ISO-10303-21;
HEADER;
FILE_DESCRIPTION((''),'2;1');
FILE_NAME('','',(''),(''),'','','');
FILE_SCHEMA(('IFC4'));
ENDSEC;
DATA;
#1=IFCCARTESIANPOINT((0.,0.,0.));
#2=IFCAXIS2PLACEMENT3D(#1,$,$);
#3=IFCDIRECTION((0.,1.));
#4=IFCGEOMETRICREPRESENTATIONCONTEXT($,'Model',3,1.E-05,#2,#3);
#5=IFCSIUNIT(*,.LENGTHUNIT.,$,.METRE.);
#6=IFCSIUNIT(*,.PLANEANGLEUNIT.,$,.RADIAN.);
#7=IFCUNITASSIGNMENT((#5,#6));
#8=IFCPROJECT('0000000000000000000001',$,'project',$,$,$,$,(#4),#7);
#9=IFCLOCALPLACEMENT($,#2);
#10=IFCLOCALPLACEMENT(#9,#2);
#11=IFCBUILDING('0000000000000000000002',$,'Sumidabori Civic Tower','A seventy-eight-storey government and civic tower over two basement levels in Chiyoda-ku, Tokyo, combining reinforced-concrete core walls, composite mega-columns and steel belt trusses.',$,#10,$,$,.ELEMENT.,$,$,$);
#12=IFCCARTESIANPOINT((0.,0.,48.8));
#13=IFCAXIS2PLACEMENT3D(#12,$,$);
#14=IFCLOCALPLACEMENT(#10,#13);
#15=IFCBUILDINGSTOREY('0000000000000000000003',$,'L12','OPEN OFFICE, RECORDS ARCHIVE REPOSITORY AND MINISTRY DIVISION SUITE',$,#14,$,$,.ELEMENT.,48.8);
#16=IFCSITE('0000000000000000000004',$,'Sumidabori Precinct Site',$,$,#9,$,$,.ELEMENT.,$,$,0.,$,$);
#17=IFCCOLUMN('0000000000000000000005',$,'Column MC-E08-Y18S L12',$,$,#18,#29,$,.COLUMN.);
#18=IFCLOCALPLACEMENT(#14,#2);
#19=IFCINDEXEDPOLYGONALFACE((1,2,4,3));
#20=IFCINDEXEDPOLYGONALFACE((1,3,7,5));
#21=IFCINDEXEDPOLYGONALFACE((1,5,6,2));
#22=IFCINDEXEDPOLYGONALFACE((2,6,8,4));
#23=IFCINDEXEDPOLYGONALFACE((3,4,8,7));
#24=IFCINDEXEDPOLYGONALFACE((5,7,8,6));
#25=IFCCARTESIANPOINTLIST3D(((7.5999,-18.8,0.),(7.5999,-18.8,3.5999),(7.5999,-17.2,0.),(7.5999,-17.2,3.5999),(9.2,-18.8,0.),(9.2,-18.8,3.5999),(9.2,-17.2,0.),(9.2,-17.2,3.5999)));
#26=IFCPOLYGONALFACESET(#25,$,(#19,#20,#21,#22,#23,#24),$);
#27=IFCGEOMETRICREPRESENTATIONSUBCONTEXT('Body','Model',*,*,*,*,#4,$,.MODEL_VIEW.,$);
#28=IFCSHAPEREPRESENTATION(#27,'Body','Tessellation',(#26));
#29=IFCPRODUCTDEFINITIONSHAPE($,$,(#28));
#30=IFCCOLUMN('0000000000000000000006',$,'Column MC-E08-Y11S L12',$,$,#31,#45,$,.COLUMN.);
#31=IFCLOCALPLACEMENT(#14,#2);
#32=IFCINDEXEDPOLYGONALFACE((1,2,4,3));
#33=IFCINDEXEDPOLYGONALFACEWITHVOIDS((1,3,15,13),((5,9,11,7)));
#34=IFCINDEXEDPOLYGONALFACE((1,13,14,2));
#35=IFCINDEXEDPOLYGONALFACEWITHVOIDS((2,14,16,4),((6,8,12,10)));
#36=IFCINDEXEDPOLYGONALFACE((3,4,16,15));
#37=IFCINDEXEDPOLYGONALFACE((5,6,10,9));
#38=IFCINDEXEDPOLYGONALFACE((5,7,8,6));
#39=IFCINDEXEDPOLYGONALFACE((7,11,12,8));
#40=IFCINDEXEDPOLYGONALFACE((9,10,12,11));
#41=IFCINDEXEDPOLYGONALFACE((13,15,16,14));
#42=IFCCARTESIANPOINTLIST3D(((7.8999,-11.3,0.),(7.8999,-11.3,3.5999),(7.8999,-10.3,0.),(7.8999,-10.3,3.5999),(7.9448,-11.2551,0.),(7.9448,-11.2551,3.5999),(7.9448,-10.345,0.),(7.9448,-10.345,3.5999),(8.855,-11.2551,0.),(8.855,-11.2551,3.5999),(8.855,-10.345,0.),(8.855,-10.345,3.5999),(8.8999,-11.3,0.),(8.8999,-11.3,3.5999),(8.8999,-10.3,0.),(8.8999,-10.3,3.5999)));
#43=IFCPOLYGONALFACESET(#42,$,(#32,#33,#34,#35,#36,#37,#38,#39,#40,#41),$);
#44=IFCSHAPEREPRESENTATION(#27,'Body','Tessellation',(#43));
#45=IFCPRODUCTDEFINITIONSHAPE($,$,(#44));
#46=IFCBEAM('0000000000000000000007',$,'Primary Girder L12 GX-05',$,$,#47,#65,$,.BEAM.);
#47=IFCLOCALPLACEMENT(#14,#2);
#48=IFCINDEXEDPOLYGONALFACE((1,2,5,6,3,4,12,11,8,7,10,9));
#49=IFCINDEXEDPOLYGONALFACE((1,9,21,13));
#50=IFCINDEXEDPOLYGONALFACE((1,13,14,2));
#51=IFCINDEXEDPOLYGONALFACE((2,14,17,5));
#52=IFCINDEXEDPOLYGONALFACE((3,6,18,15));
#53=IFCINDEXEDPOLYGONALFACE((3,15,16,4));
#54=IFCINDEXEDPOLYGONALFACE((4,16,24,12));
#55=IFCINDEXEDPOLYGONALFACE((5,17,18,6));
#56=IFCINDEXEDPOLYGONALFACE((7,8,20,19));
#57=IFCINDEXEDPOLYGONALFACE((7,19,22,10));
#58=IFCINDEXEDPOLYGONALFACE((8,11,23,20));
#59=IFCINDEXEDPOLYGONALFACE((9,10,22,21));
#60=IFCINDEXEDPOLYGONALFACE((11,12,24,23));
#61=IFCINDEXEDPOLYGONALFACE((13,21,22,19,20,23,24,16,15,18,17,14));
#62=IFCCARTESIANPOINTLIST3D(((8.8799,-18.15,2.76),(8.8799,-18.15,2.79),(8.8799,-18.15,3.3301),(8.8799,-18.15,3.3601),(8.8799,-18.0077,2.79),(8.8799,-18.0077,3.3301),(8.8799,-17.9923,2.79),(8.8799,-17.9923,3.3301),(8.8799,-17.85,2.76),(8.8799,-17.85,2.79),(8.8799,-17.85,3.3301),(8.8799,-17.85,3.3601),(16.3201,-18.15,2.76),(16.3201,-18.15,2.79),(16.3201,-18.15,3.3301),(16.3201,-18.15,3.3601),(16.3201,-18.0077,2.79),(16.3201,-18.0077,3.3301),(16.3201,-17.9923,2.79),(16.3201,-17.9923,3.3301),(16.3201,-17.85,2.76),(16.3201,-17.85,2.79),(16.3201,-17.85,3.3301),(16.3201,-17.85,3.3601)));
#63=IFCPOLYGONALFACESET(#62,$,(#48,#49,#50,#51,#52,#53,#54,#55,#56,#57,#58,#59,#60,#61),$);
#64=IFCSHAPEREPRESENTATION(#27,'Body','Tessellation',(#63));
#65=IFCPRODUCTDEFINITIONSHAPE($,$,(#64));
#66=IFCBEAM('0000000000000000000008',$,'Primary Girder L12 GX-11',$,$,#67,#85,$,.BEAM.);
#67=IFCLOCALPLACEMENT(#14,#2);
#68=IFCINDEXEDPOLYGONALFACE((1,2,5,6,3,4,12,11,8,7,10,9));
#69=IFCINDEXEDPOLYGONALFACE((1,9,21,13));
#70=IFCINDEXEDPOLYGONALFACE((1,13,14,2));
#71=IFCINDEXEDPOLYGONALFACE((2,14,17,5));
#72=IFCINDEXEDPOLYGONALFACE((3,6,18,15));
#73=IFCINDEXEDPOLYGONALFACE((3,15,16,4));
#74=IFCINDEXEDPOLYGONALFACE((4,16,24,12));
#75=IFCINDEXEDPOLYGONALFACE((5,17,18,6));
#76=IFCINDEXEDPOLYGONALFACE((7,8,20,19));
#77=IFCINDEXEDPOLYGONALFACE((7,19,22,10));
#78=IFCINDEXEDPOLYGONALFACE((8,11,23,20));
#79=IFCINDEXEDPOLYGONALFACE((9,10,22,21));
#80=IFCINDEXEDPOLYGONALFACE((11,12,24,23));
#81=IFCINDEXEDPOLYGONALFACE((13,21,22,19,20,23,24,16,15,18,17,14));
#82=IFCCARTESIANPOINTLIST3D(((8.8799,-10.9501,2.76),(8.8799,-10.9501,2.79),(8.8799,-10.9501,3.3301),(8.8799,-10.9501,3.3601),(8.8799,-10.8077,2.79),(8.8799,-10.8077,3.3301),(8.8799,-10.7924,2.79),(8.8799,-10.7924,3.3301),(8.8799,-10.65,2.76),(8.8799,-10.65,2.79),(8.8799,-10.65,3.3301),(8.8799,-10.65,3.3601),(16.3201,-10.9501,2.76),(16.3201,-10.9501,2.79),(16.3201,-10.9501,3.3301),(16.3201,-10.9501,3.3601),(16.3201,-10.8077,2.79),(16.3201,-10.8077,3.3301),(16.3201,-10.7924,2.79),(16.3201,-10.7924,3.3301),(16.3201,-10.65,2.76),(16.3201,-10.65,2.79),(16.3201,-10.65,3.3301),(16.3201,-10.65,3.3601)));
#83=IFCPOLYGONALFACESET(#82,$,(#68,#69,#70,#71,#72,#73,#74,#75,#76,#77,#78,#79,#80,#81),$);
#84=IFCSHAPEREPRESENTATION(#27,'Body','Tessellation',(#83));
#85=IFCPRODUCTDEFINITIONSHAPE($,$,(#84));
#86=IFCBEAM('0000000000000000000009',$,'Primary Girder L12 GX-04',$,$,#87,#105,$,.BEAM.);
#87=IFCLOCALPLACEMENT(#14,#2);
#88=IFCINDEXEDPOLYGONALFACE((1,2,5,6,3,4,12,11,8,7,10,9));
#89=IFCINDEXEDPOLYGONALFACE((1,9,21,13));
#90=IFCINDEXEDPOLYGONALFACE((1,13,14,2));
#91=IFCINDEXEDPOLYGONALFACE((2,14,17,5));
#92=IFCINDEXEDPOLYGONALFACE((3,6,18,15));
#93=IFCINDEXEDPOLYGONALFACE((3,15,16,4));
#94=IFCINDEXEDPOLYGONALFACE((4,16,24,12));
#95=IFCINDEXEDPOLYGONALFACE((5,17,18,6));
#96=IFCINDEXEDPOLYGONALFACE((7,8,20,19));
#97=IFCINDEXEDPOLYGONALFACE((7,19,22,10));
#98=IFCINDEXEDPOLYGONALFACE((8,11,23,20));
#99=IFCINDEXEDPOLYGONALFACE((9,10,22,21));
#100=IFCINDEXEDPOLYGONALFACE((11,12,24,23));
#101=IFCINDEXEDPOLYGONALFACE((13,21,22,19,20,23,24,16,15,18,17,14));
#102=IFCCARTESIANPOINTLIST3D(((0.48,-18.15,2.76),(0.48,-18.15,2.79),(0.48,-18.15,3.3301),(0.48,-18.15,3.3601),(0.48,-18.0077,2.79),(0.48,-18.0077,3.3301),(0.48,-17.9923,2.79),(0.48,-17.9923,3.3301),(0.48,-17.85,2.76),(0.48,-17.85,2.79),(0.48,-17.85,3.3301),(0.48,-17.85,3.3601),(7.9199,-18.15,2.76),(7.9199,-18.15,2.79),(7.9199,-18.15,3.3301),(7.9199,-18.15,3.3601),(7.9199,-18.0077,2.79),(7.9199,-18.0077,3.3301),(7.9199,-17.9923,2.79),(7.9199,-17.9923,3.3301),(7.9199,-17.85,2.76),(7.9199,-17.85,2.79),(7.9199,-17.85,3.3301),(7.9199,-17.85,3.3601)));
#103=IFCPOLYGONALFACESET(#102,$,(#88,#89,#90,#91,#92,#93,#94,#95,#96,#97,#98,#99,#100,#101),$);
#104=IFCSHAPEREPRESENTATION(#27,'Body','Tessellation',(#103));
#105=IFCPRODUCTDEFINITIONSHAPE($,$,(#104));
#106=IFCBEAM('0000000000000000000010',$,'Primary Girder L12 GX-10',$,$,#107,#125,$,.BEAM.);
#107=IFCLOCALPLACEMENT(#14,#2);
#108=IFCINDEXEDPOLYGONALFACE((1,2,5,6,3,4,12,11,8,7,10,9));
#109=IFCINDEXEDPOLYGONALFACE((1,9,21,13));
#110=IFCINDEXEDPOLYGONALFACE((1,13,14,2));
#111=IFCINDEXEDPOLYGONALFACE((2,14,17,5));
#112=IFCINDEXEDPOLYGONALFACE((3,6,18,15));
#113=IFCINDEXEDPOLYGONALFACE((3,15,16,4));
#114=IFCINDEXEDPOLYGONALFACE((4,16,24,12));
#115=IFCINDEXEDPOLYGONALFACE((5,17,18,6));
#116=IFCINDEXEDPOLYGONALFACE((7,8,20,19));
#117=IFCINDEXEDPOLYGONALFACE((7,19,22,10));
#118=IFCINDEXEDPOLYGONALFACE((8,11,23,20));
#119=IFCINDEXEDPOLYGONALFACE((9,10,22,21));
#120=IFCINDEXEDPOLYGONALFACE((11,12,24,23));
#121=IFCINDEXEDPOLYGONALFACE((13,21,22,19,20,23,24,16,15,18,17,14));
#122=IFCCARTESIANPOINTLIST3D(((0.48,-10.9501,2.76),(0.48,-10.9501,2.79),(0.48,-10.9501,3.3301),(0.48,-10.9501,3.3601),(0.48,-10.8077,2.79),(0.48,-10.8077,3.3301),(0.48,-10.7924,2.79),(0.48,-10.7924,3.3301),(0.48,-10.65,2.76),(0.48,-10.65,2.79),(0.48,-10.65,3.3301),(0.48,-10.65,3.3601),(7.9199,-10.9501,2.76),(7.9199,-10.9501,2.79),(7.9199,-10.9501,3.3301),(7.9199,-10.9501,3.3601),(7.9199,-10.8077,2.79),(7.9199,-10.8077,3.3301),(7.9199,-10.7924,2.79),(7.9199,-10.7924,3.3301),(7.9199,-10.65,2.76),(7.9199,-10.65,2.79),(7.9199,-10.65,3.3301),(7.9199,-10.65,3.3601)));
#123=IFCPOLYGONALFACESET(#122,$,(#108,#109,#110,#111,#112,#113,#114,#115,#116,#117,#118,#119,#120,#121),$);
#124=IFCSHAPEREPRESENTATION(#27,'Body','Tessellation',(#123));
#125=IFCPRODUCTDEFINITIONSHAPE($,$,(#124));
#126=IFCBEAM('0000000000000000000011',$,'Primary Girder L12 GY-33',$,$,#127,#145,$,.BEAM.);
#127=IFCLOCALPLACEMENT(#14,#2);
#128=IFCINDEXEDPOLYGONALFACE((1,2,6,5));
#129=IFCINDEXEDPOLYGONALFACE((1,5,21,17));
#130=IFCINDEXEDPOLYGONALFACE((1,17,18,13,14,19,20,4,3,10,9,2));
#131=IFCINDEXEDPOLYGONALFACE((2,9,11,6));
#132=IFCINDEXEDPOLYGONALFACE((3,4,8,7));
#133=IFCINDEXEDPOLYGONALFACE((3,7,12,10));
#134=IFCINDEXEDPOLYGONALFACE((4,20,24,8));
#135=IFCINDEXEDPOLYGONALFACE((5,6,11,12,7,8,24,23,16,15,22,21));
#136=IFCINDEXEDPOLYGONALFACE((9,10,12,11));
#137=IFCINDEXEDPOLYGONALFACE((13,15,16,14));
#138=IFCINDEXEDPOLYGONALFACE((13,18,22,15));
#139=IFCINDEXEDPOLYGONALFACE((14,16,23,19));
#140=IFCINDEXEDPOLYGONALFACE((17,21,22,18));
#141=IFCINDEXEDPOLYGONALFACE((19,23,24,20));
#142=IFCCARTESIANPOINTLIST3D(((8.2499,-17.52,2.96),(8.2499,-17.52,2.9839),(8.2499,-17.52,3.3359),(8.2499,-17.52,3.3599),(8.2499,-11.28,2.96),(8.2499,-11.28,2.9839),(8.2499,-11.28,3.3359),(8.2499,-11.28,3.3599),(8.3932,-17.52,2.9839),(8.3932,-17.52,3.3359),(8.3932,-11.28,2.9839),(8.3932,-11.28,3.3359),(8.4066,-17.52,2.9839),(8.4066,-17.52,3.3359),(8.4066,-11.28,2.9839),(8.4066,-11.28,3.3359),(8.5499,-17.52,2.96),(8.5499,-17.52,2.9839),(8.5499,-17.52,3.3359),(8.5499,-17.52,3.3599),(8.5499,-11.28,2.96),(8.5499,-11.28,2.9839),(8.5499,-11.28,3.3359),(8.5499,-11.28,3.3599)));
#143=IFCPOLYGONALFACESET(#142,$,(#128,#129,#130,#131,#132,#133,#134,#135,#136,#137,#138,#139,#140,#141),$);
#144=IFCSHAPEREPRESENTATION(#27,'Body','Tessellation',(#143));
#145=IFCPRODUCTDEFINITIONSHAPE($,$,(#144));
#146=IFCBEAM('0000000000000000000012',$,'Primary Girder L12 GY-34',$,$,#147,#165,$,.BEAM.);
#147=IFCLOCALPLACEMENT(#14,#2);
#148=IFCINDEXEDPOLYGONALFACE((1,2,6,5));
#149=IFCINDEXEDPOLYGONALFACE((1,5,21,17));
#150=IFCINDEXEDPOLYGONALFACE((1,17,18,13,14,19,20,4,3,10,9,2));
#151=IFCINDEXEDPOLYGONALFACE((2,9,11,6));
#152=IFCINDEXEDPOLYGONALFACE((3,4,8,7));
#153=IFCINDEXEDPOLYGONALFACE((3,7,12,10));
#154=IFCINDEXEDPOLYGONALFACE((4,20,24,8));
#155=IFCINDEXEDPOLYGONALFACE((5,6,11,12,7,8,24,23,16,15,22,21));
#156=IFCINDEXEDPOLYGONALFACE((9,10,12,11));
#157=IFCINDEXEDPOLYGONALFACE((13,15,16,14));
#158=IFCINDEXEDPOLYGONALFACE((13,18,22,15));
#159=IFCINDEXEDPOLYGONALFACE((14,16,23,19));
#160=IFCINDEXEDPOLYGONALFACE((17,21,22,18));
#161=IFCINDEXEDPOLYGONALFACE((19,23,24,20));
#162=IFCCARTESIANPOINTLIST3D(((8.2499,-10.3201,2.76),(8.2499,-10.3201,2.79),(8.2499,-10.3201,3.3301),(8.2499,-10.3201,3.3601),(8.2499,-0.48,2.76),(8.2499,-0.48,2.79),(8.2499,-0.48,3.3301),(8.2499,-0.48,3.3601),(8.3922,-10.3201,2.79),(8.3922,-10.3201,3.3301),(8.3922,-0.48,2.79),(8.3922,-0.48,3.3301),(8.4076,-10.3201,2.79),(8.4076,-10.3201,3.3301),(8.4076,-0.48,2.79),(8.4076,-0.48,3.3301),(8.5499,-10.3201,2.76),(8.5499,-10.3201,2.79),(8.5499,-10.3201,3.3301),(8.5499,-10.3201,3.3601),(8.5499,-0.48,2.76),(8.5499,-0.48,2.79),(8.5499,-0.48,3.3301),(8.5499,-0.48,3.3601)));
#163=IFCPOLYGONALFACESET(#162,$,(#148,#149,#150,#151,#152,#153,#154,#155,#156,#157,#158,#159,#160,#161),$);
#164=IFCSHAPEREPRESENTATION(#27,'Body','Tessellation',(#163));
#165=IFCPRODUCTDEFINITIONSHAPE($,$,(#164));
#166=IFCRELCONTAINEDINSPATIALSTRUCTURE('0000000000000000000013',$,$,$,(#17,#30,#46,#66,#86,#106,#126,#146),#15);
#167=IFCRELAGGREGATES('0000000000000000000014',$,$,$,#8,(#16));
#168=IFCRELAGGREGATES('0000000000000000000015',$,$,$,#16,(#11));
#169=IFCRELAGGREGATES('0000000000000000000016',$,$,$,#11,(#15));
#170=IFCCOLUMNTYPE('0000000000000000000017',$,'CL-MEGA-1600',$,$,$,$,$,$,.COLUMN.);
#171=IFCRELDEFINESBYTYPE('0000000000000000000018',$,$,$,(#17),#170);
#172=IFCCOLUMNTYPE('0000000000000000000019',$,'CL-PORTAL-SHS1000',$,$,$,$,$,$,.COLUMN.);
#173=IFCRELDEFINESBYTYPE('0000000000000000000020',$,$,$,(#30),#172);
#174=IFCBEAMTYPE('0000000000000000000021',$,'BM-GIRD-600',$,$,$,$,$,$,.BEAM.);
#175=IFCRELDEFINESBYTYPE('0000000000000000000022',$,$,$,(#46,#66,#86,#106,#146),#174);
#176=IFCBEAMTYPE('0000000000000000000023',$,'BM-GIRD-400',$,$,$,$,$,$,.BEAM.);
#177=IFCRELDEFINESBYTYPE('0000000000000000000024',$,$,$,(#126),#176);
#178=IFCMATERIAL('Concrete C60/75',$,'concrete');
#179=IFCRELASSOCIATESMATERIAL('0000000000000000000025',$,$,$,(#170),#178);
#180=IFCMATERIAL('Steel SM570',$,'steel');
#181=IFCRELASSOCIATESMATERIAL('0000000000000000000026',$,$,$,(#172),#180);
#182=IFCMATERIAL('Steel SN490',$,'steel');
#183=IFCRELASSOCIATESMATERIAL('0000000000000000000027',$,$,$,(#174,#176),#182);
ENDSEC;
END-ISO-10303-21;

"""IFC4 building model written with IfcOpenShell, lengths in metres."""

from ifc_helpers import new_model, si_unit, direction, frame, origin, origin_2d, place, context, subcontext, project, spatial, rectangle, hollow_rectangle, i_section, extrude, source, transform, mapped, material, material_profile, profile_set, type_object, element, save


model = new_model("IFC4")

# Units and contexts
model_context = context("Model", 3, precision=1e-05, world=origin(), true_north=direction((0.0, 1.0)))
body_context = subcontext(model_context, "Body", "Model", "MODEL_VIEW")
ifc_project = project(units=[si_unit("LENGTHUNIT", "METRE"), si_unit("PLANEANGLEUNIT", "RADIAN")], contexts=[model_context])

# Site, building, storey
site_placement = place(None, origin())
site = spatial("IfcSite", under=ifc_project, at=site_placement, Name="Sumidabori Precinct Site", CompositionType="ELEMENT", RefElevation=0.0)
building_placement = place(site_placement, origin())
building = spatial("IfcBuilding", under=site, at=building_placement, Name="Sumidabori Civic Tower", Description="A seventy-eight-storey government and civic tower over two basement levels in Chiyoda-ku, Tokyo, combining reinforced-concrete core walls, composite mega-columns and steel belt trusses.", CompositionType="ELEMENT")
storey_placement = place(building_placement, frame((0.0, 0.0, 48.8)))
storey = spatial("IfcBuildingStorey", under=building, at=storey_placement, Name="L12", Description="OPEN OFFICE, RECORDS ARCHIVE REPOSITORY AND MINISTRY DIVISION SUITE", CompositionType="ELEMENT", Elevation=48.8)

# Columns
ifc_material_1 = material(Name="Concrete C60/75", Category="concrete")
ifc_material_profile_1 = material_profile(ifc_material_1, rectangle(XDim=1.6001, YDim=1.6001, at=origin_2d()), Name="RC 1600x1600")
ifc_profile_set_1 = profile_set([ifc_material_profile_1], Name="Concrete C60/75")
column_type_1 = type_object("IfcColumnType", Name="CL-MEGA-1600", PredefinedType="COLUMN", material=ifc_profile_set_1)
shared_shape_1 = source(origin(), body_context, "Body", "SweptSolid", [
    extrude(rectangle(XDim=1.6001, YDim=1.6001, at=origin_2d()), origin(), (0.0, 0.0, 1.0), 3.5999),
])
column_1_placement = place(storey_placement, frame((8.3999, -18.0, 0.0), z_axis=(0.0, 0.0, 1.0), x_axis=(1.0, 0.0, 0.0)))
element("IfcColumn", 1, at=column_1_placement, inside=storey, type_object=column_type_1, Name="Column MC-E08-Y18S L12", PredefinedType="COLUMN", context=body_context, shape_type="MappedRepresentation", body=[
    mapped(shared_shape_1, transform((0.0, 0.0, 0.0), x_axis=(1.0, 0.0, 0.0), y_axis=(0.0, 1.0, 0.0), z_axis=(0.0, 0.0, 1.0), scale=1.0)),
])
ifc_material_2 = material(Name="Steel SM570", Category="steel")
ifc_material_profile_2 = material_profile(ifc_material_2, hollow_rectangle(XDim=1.0, YDim=1.0, WallThickness=0.0449, at=origin_2d()), Name="SHS 1000x1000x45")
ifc_profile_set_2 = profile_set([ifc_material_profile_2], Name="Steel SM570")
column_type_2 = type_object("IfcColumnType", Name="CL-PORTAL-SHS1000", PredefinedType="COLUMN", material=ifc_profile_set_2)
shared_shape_2 = source(origin(), body_context, "Body", "SweptSolid", [
    extrude(hollow_rectangle(XDim=1.0, YDim=1.0, WallThickness=0.0449, at=origin_2d()), origin(), (0.0, 0.0, 1.0), 3.5999),
])
column_2_placement = place(storey_placement, frame((8.3999, -10.8, 0.0), z_axis=(0.0, 0.0, 1.0), x_axis=(1.0, 0.0, 0.0)))
element("IfcColumn", 2, at=column_2_placement, inside=storey, type_object=column_type_2, Name="Column MC-E08-Y11S L12", PredefinedType="COLUMN", context=body_context, shape_type="MappedRepresentation", body=[
    mapped(shared_shape_2, transform((0.0, 0.0, 0.0), x_axis=(1.0, 0.0, 0.0), y_axis=(0.0, 1.0, 0.0), z_axis=(0.0, 0.0, 1.0), scale=1.0)),
])

# Beams
ifc_material_3 = material(Name="Steel SN490", Category="steel")
ifc_material_profile_3 = material_profile(ifc_material_3, i_section(OverallWidth=0.3, OverallDepth=0.6001, WebThickness=0.0154, FlangeThickness=0.03, at=origin_2d()), Name="HE 600 B")
ifc_profile_set_3 = profile_set([ifc_material_profile_3], Name="Steel SN490")
beam_type_1 = type_object("IfcBeamType", Name="BM-GIRD-600", PredefinedType="BEAM", material=ifc_profile_set_3)
shared_shape_3 = source(origin(), body_context, "Body", "SweptSolid", [
    extrude(i_section(OverallWidth=0.3, OverallDepth=0.6001, WebThickness=0.0154, FlangeThickness=0.03, at=origin_2d()), origin(), (0.0, 0.0, 1.0), 7.4402),
])
for number, where, z_axis, x_axis, name in (
    (3, (8.8799, -18.0, 3.0601), (1.0, 0.0, 0.0), (0.0, 1.0, 0.0), "Primary Girder L12 GX-05"),
    (4, (8.8799, -10.8, 3.0601), (1.0, 0.0, 0.0), (0.0, 1.0, 0.0), "Primary Girder L12 GX-11"),
):
    element("IfcBeam", number, at=place(storey_placement, frame(where, z_axis=z_axis, x_axis=x_axis)), inside=storey, type_object=beam_type_1, Name=name, PredefinedType="BEAM", context=body_context, shape_type="MappedRepresentation", body=[
        mapped(shared_shape_3, transform((0.0, 0.0, 0.0), x_axis=(1.0, 0.0, 0.0), y_axis=(0.0, 1.0, 0.0), z_axis=(0.0, 0.0, 1.0), scale=1.0)),
    ])
shared_shape_4 = source(origin(), body_context, "Body", "SweptSolid", [
    extrude(i_section(OverallWidth=0.3, OverallDepth=0.6001, WebThickness=0.0154, FlangeThickness=0.03, at=origin_2d()), origin(), (0.0, 0.0, 1.0), 7.4399),
])
for number, where, z_axis, x_axis, name in (
    (5, (0.48, -18.0, 3.0601), (1.0, 0.0, 0.0), (0.0, 1.0, 0.0), "Primary Girder L12 GX-04"),
    (6, (0.48, -10.8, 3.0601), (1.0, 0.0, 0.0), (0.0, 1.0, 0.0), "Primary Girder L12 GX-10"),
):
    element("IfcBeam", number, at=place(storey_placement, frame(where, z_axis=z_axis, x_axis=x_axis)), inside=storey, type_object=beam_type_1, Name=name, PredefinedType="BEAM", context=body_context, shape_type="MappedRepresentation", body=[
        mapped(shared_shape_4, transform((0.0, 0.0, 0.0), x_axis=(1.0, 0.0, 0.0), y_axis=(0.0, 1.0, 0.0), z_axis=(0.0, 0.0, 1.0), scale=1.0)),
    ])
ifc_material_profile_4 = material_profile(ifc_material_3, i_section(OverallWidth=0.3, OverallDepth=0.3999, WebThickness=0.0134, FlangeThickness=0.0239, at=origin_2d()), Name="HE 400 B")
ifc_profile_set_4 = profile_set([ifc_material_profile_4], Name="Steel SN490")
beam_type_2 = type_object("IfcBeamType", Name="BM-GIRD-400", PredefinedType="BEAM", material=ifc_profile_set_4)
shared_shape_5 = source(origin(), body_context, "Body", "SweptSolid", [
    extrude(i_section(OverallWidth=0.3, OverallDepth=0.3999, WebThickness=0.0134, FlangeThickness=0.0239, at=origin_2d()), origin(), (0.0, 0.0, 1.0), 6.24),
])
beam_1_placement = place(storey_placement, frame((8.3999, -17.52, 3.1599), z_axis=(0.0, 1.0, 0.0), x_axis=(-1.0, 0.0, 0.0)))
element("IfcBeam", 7, at=beam_1_placement, inside=storey, type_object=beam_type_2, Name="Primary Girder L12 GY-33", PredefinedType="BEAM", context=body_context, shape_type="MappedRepresentation", body=[
    mapped(shared_shape_5, transform((0.0, 0.0, 0.0), x_axis=(1.0, 0.0, 0.0), y_axis=(0.0, 1.0, 0.0), z_axis=(0.0, 0.0, 1.0), scale=1.0)),
])
shared_shape_6 = source(origin(), body_context, "Body", "SweptSolid", [
    extrude(i_section(OverallWidth=0.3, OverallDepth=0.6001, WebThickness=0.0154, FlangeThickness=0.03, at=origin_2d()), origin(), (0.0, 0.0, 1.0), 9.8401),
])
beam_2_placement = place(storey_placement, frame((8.3999, -10.3201, 3.0601), z_axis=(0.0, 1.0, 0.0), x_axis=(-1.0, 0.0, 0.0)))
element("IfcBeam", 8, at=beam_2_placement, inside=storey, type_object=beam_type_1, Name="Primary Girder L12 GY-34", PredefinedType="BEAM", context=body_context, shape_type="MappedRepresentation", body=[
    mapped(shared_shape_6, transform((0.0, 0.0, 0.0), x_axis=(1.0, 0.0, 0.0), y_axis=(0.0, 1.0, 0.0), z_axis=(0.0, 0.0, 1.0), scale=1.0)),
])

save(model, "model.ifc")
